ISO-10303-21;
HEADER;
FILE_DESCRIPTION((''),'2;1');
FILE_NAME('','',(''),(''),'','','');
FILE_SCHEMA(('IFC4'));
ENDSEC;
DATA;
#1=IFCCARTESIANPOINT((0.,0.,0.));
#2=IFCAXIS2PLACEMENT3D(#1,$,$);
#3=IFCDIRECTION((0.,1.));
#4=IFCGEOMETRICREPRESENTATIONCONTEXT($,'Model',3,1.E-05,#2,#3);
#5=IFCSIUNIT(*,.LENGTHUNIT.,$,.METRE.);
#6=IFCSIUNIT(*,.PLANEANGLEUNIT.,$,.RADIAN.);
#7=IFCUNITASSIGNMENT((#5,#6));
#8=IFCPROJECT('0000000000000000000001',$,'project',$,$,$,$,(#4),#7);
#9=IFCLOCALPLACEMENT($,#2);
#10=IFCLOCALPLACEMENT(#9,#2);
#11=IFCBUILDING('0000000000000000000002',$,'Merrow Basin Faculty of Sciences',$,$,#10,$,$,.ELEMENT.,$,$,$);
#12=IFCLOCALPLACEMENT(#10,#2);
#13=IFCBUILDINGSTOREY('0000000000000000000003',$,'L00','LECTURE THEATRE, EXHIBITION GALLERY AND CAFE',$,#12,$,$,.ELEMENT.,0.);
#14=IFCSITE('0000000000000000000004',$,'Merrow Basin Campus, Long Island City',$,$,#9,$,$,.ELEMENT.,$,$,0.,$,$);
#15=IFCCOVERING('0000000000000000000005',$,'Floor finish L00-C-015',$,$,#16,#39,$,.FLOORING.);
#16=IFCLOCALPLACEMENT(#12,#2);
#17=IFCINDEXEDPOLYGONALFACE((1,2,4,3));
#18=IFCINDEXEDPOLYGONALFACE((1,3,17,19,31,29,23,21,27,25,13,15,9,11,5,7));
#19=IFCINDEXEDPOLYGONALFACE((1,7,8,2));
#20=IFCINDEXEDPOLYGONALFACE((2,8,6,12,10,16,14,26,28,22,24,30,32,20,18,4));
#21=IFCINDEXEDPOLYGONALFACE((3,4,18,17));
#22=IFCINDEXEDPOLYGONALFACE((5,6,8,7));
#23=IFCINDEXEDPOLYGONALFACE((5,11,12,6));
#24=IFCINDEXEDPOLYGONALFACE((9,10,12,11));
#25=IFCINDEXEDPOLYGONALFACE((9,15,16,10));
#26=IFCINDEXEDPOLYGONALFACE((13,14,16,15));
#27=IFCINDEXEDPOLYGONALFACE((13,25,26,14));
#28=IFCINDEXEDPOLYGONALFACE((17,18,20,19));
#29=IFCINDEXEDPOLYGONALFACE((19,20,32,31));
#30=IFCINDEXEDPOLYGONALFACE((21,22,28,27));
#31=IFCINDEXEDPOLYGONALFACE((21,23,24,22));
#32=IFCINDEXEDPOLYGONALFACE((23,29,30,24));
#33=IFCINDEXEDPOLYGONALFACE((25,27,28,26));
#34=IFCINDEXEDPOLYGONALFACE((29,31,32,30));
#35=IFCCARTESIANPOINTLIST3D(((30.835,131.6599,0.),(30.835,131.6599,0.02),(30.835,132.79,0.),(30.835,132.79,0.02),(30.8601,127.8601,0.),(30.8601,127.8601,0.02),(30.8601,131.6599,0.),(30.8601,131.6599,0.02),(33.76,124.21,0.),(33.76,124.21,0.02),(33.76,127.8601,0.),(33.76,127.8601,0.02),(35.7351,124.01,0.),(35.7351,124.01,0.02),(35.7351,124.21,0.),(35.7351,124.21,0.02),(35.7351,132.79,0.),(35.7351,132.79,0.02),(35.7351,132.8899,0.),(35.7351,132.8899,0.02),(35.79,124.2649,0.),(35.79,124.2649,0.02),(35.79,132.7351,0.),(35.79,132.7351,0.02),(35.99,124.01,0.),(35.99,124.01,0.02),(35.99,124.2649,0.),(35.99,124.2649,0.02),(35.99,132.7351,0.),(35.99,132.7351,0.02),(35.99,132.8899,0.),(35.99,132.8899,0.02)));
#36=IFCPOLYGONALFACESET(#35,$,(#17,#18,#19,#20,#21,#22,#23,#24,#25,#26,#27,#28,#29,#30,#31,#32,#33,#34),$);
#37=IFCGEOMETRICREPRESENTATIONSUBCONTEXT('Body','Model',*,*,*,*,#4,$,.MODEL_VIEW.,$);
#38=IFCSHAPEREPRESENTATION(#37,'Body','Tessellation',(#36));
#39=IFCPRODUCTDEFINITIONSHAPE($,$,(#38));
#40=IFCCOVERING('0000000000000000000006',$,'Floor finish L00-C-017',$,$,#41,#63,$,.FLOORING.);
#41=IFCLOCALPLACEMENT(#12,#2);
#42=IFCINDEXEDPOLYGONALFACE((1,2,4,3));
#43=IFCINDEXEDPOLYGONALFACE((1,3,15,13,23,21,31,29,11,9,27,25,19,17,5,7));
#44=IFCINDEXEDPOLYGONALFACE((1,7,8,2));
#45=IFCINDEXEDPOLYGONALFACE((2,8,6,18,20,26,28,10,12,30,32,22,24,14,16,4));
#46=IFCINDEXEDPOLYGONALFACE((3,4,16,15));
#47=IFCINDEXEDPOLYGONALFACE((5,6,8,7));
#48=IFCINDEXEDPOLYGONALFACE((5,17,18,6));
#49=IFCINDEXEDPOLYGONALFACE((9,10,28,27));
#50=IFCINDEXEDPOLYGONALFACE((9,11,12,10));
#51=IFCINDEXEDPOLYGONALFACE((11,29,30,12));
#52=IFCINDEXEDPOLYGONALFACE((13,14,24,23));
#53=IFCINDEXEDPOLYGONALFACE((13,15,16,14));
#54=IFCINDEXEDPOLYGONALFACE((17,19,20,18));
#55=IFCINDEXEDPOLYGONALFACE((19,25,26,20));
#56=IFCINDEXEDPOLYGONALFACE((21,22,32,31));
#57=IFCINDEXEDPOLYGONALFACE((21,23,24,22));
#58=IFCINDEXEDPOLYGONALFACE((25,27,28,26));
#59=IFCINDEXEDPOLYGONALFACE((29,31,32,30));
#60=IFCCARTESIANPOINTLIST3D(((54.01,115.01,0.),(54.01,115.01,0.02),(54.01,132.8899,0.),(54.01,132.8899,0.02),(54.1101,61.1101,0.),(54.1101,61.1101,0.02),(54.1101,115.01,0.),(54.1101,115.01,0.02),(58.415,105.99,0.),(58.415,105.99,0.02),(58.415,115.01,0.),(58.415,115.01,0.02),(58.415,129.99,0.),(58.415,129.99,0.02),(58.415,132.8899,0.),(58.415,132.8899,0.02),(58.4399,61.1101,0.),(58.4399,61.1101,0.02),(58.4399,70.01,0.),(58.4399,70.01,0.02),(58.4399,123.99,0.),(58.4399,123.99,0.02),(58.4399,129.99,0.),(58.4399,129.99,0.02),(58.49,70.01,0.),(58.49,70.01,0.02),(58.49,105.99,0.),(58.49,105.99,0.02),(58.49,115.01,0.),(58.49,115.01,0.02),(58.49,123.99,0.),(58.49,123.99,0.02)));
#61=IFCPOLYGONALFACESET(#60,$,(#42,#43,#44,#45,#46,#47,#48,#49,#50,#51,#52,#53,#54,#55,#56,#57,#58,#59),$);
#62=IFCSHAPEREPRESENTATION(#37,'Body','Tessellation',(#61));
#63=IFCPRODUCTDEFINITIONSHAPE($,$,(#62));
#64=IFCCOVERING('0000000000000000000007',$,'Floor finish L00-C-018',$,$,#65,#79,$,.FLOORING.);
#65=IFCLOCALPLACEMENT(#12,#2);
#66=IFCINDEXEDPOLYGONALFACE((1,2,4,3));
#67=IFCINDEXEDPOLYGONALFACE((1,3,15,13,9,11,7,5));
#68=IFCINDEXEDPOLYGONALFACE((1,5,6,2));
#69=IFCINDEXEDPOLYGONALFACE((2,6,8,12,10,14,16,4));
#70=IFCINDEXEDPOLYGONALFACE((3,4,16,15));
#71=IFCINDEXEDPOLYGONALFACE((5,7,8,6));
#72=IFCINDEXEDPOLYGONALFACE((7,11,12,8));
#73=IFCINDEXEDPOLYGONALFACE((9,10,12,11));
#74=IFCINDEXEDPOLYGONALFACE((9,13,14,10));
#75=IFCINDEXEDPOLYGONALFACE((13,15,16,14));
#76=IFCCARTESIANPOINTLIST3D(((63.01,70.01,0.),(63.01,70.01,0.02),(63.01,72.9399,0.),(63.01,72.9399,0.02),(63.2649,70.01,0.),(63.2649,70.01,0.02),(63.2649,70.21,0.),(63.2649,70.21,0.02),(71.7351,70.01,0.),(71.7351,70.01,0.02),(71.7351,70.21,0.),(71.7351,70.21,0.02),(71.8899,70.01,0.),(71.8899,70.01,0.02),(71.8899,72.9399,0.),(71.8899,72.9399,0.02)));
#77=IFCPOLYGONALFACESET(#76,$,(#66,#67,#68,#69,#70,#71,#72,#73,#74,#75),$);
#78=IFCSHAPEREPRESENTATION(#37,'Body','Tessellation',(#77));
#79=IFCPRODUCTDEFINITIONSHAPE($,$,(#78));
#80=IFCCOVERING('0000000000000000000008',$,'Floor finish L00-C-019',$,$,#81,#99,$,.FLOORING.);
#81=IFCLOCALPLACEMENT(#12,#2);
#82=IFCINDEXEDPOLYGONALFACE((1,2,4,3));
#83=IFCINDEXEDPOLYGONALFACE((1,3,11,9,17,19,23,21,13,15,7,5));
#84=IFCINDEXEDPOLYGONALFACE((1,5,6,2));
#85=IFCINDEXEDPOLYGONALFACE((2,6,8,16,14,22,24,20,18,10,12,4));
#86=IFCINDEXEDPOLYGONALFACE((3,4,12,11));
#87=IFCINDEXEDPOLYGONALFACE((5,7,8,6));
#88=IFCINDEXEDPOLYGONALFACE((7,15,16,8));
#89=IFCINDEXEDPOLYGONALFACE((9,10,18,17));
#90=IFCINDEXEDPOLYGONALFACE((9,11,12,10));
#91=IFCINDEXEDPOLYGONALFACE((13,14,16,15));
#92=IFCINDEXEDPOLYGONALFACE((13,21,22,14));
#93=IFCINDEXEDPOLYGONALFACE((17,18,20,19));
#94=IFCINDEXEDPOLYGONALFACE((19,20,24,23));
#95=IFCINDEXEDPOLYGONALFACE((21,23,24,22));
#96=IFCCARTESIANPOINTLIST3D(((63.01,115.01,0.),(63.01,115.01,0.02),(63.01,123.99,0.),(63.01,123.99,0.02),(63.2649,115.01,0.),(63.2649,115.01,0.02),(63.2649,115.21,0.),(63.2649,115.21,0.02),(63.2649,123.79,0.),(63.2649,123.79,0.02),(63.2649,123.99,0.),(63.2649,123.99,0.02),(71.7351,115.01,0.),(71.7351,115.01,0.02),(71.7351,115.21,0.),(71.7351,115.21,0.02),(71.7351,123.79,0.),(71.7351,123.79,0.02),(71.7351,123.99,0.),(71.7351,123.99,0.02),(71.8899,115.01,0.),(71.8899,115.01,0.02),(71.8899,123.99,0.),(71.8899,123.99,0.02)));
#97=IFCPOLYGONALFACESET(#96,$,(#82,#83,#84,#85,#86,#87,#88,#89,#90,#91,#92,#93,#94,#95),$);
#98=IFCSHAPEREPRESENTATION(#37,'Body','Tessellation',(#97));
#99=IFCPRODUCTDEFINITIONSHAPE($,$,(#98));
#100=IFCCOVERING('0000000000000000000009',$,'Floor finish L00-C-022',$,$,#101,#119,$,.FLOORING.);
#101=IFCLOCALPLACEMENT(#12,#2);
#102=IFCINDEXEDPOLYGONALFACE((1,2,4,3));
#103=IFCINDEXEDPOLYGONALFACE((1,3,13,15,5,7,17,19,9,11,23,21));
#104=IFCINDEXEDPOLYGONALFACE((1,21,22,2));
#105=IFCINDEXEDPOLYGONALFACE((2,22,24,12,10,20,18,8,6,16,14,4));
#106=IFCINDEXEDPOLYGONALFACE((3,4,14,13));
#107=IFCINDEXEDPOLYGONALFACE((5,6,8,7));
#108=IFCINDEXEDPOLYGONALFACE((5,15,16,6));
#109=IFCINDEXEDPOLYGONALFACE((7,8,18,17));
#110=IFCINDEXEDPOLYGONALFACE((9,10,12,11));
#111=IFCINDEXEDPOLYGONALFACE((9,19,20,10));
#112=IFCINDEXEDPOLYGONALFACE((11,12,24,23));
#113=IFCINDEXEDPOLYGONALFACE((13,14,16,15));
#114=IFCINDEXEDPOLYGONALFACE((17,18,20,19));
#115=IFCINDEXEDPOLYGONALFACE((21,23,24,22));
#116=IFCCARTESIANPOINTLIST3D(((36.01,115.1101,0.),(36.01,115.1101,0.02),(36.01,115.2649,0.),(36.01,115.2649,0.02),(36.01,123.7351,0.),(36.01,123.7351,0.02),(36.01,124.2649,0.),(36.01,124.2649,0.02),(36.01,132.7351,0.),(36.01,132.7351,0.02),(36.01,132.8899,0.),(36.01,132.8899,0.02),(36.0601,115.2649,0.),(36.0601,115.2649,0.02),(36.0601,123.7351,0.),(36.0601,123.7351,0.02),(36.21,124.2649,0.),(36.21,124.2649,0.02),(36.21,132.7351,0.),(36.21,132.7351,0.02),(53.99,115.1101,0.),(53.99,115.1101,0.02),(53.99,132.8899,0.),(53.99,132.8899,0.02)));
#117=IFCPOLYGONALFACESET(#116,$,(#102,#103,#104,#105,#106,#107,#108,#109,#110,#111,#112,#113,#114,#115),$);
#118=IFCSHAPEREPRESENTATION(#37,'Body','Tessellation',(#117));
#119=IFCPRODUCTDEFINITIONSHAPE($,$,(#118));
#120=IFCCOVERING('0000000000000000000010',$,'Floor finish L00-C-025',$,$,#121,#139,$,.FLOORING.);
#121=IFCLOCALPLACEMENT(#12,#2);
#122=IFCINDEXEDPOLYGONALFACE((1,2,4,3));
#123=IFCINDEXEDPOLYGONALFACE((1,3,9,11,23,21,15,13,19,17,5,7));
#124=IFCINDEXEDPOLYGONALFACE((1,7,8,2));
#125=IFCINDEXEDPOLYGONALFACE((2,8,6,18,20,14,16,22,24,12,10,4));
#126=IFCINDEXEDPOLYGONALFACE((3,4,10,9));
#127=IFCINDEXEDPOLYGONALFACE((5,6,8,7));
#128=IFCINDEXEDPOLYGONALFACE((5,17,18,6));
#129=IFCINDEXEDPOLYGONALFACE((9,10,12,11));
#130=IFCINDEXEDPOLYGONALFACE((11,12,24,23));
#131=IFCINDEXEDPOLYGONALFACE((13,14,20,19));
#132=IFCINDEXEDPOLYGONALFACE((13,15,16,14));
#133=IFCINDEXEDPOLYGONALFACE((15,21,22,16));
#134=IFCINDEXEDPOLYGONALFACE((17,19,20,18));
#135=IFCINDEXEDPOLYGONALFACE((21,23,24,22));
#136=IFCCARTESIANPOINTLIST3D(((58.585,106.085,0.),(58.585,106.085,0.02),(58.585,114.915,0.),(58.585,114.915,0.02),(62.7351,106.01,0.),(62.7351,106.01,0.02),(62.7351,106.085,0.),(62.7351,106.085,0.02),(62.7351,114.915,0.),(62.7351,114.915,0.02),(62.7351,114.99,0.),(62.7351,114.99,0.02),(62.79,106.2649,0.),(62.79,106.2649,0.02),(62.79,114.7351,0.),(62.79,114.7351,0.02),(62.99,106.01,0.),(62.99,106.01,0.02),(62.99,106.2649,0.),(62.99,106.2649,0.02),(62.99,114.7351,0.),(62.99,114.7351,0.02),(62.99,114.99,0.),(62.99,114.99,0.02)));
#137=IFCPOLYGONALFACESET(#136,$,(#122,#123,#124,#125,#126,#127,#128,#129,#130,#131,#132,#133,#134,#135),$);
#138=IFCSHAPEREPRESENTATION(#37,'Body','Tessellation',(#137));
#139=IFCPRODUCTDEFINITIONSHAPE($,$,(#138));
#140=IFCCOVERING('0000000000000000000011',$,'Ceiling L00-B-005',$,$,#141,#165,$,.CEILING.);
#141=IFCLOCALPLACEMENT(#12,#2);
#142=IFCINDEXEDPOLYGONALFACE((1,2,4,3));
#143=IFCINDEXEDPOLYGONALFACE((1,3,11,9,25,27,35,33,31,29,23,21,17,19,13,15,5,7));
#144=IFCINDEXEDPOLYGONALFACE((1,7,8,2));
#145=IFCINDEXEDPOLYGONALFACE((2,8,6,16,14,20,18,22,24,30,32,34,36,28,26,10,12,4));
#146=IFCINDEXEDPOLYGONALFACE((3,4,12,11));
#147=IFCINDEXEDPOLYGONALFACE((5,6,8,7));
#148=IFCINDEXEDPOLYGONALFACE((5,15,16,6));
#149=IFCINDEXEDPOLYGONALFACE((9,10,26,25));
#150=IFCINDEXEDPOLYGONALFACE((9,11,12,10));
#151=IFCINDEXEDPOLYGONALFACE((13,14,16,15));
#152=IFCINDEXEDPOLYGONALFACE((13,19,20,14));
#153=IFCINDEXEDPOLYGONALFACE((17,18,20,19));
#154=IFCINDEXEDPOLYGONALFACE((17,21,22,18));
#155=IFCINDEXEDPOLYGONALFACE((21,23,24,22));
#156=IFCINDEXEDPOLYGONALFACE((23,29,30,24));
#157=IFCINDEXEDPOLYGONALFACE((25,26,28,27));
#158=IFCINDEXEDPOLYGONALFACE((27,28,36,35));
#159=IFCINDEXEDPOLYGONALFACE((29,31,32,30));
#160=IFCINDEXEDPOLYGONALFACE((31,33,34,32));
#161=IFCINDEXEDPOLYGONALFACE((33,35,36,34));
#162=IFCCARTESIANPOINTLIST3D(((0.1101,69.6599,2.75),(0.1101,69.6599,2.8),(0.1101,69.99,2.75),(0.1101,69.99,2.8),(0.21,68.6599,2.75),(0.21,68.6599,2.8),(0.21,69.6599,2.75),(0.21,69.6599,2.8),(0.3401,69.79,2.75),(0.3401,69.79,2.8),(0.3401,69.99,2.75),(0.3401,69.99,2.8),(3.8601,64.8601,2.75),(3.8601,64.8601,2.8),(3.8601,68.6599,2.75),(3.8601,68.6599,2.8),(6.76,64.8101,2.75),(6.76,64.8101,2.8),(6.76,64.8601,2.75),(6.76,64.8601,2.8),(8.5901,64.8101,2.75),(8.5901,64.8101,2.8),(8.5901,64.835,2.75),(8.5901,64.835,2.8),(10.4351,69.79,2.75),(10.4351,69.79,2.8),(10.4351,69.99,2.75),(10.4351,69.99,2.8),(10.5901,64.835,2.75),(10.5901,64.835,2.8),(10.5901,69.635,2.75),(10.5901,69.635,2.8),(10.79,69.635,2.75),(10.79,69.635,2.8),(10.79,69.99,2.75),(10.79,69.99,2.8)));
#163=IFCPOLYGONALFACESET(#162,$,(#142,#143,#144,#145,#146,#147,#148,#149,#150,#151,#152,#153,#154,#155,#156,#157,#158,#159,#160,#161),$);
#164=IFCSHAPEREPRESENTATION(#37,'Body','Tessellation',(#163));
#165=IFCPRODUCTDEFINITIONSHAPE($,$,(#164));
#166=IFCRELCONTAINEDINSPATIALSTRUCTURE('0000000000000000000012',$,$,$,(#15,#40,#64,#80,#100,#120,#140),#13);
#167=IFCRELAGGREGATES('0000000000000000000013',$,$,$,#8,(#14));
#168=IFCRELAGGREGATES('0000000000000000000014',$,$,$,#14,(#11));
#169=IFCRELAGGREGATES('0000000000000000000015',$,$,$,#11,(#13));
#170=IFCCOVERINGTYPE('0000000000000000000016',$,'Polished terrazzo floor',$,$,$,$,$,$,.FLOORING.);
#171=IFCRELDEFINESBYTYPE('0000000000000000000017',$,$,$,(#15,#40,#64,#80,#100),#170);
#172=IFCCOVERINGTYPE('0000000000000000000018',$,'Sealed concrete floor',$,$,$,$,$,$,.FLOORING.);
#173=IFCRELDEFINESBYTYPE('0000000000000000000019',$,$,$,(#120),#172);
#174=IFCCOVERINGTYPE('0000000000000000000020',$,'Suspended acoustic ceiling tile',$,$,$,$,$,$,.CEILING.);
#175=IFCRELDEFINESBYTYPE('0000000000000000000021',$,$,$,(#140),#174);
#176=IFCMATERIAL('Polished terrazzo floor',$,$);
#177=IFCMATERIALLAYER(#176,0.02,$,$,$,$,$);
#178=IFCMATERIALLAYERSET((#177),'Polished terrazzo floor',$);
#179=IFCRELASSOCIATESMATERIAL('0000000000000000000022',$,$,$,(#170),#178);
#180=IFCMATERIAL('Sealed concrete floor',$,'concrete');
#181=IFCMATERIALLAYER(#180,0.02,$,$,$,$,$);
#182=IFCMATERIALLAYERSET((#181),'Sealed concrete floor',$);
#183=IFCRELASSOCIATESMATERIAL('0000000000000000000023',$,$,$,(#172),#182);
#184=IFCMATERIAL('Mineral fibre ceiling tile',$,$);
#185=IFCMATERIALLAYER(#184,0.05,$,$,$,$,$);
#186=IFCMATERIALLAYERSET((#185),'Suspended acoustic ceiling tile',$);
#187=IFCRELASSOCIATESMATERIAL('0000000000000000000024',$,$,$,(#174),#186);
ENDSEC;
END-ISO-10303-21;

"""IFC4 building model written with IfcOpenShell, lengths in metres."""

from ifc_helpers import new_model, si_unit, direction, frame, origin, place, context, subcontext, project, spatial, polyline, outline, extrude, material, layer, layer_set, type_object, element, save


model = new_model("IFC4")

# Units and contexts
model_context = context("Model", 3, precision=1e-05, world=origin(), true_north=direction((0.0, 1.0)))
body_context = subcontext(model_context, "Body", "Model", "MODEL_VIEW")
ifc_project = project(units=[si_unit("LENGTHUNIT", "METRE"), si_unit("PLANEANGLEUNIT", "RADIAN")], contexts=[model_context])

# Site, building, storey
site_placement = place(None, origin())
site = spatial("IfcSite", under=ifc_project, at=site_placement, Name="Merrow Basin Campus, Long Island City", CompositionType="ELEMENT", RefElevation=0.0)
building_placement = place(site_placement, origin())
building = spatial("IfcBuilding", under=site, at=building_placement, Name="Merrow Basin Faculty of Sciences", CompositionType="ELEMENT")
storey_placement = place(building_placement, origin())
storey = spatial("IfcBuildingStorey", under=building, at=storey_placement, Name="L00", Description="LECTURE THEATRE, EXHIBITION GALLERY AND CAFE", CompositionType="ELEMENT", Elevation=0.0)

# Coverings
ifc_material_1 = material(Name="Polished terrazzo floor")
ifc_layer_1 = layer(ifc_material_1, 0.02)
ifc_layer_set_1 = layer_set([ifc_layer_1], Name="Polished terrazzo floor")
covering_type_1 = type_object("IfcCoveringType", Name="Polished terrazzo floor", PredefinedType="FLOORING", material=ifc_layer_set_1)
covering_1_placement = place(storey_placement, origin())
element("IfcCovering", 1, at=covering_1_placement, inside=storey, type_object=covering_type_1, Name="Floor finish L00-C-015", PredefinedType="FLOORING", context=body_context, shape_type="SweptSolid", body=[
    extrude(outline(polyline([(35.99, 132.8899), (35.99, 132.7351), (35.79, 132.7351), (35.79, 124.2649), (35.99, 124.2649), (35.99, 124.01), (35.7351, 124.01), (35.7351, 124.21), (33.76, 124.21), (33.76, 127.8601), (30.8601, 127.8601), (30.8601, 131.6599), (30.835, 131.6599), (30.835, 132.79), (35.7351, 132.79), (35.7351, 132.8899), (35.99, 132.8899)])), origin(), (0.0, 0.0, 1.0), 0.02),
])
covering_2_placement = place(storey_placement, origin())
element("IfcCovering", 2, at=covering_2_placement, inside=storey, type_object=covering_type_1, Name="Floor finish L00-C-017", PredefinedType="FLOORING", context=body_context, shape_type="SweptSolid", body=[
    extrude(outline(polyline([(54.01, 115.01), (54.01, 132.8899), (58.415, 132.8899), (58.415, 129.99), (58.4399, 129.99), (58.4399, 123.99), (58.49, 123.99), (58.49, 115.01), (58.415, 115.01), (58.415, 105.99), (58.49, 105.99), (58.49, 70.01), (58.4399, 70.01), (58.4399, 61.1101), (54.1101, 61.1101), (54.1101, 115.01), (54.01, 115.01)])), origin(), (0.0, 0.0, 1.0), 0.02),
])
covering_3_placement = place(storey_placement, origin())
element("IfcCovering", 3, at=covering_3_placement, inside=storey, type_object=covering_type_1, Name="Floor finish L00-C-018", PredefinedType="FLOORING", context=body_context, shape_type="SweptSolid", body=[
    extrude(outline(polyline([(63.01, 72.9399), (71.8899, 72.9399), (71.8899, 70.01), (71.7351, 70.01), (71.7351, 70.21), (63.2649, 70.21), (63.2649, 70.01), (63.01, 70.01), (63.01, 72.9399)])), origin(), (0.0, 0.0, 1.0), 0.02),
])
covering_4_placement = place(storey_placement, origin())
element("IfcCovering", 4, at=covering_4_placement, inside=storey, type_object=covering_type_1, Name="Floor finish L00-C-019", PredefinedType="FLOORING", context=body_context, shape_type="SweptSolid", body=[
    extrude(outline(polyline([(63.01, 123.99), (63.2649, 123.99), (63.2649, 123.79), (71.7351, 123.79), (71.7351, 123.99), (71.8899, 123.99), (71.8899, 115.01), (71.7351, 115.01), (71.7351, 115.21), (63.2649, 115.21), (63.2649, 115.01), (63.01, 115.01), (63.01, 123.99)])), origin(), (0.0, 0.0, 1.0), 0.02),
])
covering_5_placement = place(storey_placement, origin())
element("IfcCovering", 5, at=covering_5_placement, inside=storey, type_object=covering_type_1, Name="Floor finish L00-C-022", PredefinedType="FLOORING", context=body_context, shape_type="SweptSolid", body=[
    extrude(outline(polyline([(36.01, 115.1101), (36.01, 115.2649), (36.0601, 115.2649), (36.0601, 123.7351), (36.01, 123.7351), (36.01, 124.2649), (36.21, 124.2649), (36.21, 132.7351), (36.01, 132.7351), (36.01, 132.8899), (53.99, 132.8899), (53.99, 115.1101), (36.01, 115.1101)])), origin(), (0.0, 0.0, 1.0), 0.02),
])
ifc_material_2 = material(Name="Sealed concrete floor", Category="concrete")
ifc_layer_2 = layer(ifc_material_2, 0.02)
ifc_layer_set_2 = layer_set([ifc_layer_2], Name="Sealed concrete floor")
covering_type_2 = type_object("IfcCoveringType", Name="Sealed concrete floor", PredefinedType="FLOORING", material=ifc_layer_set_2)
covering_6_placement = place(storey_placement, origin())
element("IfcCovering", 6, at=covering_6_placement, inside=storey, type_object=covering_type_2, Name="Floor finish L00-C-025", PredefinedType="FLOORING", context=body_context, shape_type="SweptSolid", body=[
    extrude(outline(polyline([(62.99, 114.99), (62.99, 114.7351), (62.79, 114.7351), (62.79, 106.2649), (62.99, 106.2649), (62.99, 106.01), (62.7351, 106.01), (62.7351, 106.085), (58.585, 106.085), (58.585, 114.915), (62.7351, 114.915), (62.7351, 114.99), (62.99, 114.99)])), origin(), (0.0, 0.0, 1.0), 0.02),
])
ifc_material_3 = material(Name="Mineral fibre ceiling tile")
ifc_layer_3 = layer(ifc_material_3, 0.05)
ifc_layer_set_3 = layer_set([ifc_layer_3], Name="Suspended acoustic ceiling tile")
covering_type_3 = type_object("IfcCoveringType", Name="Suspended acoustic ceiling tile", PredefinedType="CEILING", material=ifc_layer_set_3)
covering_7_placement = place(storey_placement, frame((0.0, 0.0, 2.75)))
element("IfcCovering", 7, at=covering_7_placement, inside=storey, type_object=covering_type_3, Name="Ceiling L00-B-005", PredefinedType="CEILING", context=body_context, shape_type="SweptSolid", body=[
    extrude(outline(polyline([(10.5901, 64.835), (8.5901, 64.835), (8.5901, 64.8101), (6.76, 64.8101), (6.76, 64.8601), (3.8601, 64.8601), (3.8601, 68.6599), (0.21, 68.6599), (0.21, 69.6599), (0.1101, 69.6599), (0.1101, 69.99), (0.3401, 69.99), (0.3401, 69.79), (10.4351, 69.79), (10.4351, 69.99), (10.79, 69.99), (10.79, 69.635), (10.5901, 69.635), (10.5901, 64.835)])), origin(), (0.0, 0.0, 1.0), 0.05),
])

save(model, "model.ifc")
